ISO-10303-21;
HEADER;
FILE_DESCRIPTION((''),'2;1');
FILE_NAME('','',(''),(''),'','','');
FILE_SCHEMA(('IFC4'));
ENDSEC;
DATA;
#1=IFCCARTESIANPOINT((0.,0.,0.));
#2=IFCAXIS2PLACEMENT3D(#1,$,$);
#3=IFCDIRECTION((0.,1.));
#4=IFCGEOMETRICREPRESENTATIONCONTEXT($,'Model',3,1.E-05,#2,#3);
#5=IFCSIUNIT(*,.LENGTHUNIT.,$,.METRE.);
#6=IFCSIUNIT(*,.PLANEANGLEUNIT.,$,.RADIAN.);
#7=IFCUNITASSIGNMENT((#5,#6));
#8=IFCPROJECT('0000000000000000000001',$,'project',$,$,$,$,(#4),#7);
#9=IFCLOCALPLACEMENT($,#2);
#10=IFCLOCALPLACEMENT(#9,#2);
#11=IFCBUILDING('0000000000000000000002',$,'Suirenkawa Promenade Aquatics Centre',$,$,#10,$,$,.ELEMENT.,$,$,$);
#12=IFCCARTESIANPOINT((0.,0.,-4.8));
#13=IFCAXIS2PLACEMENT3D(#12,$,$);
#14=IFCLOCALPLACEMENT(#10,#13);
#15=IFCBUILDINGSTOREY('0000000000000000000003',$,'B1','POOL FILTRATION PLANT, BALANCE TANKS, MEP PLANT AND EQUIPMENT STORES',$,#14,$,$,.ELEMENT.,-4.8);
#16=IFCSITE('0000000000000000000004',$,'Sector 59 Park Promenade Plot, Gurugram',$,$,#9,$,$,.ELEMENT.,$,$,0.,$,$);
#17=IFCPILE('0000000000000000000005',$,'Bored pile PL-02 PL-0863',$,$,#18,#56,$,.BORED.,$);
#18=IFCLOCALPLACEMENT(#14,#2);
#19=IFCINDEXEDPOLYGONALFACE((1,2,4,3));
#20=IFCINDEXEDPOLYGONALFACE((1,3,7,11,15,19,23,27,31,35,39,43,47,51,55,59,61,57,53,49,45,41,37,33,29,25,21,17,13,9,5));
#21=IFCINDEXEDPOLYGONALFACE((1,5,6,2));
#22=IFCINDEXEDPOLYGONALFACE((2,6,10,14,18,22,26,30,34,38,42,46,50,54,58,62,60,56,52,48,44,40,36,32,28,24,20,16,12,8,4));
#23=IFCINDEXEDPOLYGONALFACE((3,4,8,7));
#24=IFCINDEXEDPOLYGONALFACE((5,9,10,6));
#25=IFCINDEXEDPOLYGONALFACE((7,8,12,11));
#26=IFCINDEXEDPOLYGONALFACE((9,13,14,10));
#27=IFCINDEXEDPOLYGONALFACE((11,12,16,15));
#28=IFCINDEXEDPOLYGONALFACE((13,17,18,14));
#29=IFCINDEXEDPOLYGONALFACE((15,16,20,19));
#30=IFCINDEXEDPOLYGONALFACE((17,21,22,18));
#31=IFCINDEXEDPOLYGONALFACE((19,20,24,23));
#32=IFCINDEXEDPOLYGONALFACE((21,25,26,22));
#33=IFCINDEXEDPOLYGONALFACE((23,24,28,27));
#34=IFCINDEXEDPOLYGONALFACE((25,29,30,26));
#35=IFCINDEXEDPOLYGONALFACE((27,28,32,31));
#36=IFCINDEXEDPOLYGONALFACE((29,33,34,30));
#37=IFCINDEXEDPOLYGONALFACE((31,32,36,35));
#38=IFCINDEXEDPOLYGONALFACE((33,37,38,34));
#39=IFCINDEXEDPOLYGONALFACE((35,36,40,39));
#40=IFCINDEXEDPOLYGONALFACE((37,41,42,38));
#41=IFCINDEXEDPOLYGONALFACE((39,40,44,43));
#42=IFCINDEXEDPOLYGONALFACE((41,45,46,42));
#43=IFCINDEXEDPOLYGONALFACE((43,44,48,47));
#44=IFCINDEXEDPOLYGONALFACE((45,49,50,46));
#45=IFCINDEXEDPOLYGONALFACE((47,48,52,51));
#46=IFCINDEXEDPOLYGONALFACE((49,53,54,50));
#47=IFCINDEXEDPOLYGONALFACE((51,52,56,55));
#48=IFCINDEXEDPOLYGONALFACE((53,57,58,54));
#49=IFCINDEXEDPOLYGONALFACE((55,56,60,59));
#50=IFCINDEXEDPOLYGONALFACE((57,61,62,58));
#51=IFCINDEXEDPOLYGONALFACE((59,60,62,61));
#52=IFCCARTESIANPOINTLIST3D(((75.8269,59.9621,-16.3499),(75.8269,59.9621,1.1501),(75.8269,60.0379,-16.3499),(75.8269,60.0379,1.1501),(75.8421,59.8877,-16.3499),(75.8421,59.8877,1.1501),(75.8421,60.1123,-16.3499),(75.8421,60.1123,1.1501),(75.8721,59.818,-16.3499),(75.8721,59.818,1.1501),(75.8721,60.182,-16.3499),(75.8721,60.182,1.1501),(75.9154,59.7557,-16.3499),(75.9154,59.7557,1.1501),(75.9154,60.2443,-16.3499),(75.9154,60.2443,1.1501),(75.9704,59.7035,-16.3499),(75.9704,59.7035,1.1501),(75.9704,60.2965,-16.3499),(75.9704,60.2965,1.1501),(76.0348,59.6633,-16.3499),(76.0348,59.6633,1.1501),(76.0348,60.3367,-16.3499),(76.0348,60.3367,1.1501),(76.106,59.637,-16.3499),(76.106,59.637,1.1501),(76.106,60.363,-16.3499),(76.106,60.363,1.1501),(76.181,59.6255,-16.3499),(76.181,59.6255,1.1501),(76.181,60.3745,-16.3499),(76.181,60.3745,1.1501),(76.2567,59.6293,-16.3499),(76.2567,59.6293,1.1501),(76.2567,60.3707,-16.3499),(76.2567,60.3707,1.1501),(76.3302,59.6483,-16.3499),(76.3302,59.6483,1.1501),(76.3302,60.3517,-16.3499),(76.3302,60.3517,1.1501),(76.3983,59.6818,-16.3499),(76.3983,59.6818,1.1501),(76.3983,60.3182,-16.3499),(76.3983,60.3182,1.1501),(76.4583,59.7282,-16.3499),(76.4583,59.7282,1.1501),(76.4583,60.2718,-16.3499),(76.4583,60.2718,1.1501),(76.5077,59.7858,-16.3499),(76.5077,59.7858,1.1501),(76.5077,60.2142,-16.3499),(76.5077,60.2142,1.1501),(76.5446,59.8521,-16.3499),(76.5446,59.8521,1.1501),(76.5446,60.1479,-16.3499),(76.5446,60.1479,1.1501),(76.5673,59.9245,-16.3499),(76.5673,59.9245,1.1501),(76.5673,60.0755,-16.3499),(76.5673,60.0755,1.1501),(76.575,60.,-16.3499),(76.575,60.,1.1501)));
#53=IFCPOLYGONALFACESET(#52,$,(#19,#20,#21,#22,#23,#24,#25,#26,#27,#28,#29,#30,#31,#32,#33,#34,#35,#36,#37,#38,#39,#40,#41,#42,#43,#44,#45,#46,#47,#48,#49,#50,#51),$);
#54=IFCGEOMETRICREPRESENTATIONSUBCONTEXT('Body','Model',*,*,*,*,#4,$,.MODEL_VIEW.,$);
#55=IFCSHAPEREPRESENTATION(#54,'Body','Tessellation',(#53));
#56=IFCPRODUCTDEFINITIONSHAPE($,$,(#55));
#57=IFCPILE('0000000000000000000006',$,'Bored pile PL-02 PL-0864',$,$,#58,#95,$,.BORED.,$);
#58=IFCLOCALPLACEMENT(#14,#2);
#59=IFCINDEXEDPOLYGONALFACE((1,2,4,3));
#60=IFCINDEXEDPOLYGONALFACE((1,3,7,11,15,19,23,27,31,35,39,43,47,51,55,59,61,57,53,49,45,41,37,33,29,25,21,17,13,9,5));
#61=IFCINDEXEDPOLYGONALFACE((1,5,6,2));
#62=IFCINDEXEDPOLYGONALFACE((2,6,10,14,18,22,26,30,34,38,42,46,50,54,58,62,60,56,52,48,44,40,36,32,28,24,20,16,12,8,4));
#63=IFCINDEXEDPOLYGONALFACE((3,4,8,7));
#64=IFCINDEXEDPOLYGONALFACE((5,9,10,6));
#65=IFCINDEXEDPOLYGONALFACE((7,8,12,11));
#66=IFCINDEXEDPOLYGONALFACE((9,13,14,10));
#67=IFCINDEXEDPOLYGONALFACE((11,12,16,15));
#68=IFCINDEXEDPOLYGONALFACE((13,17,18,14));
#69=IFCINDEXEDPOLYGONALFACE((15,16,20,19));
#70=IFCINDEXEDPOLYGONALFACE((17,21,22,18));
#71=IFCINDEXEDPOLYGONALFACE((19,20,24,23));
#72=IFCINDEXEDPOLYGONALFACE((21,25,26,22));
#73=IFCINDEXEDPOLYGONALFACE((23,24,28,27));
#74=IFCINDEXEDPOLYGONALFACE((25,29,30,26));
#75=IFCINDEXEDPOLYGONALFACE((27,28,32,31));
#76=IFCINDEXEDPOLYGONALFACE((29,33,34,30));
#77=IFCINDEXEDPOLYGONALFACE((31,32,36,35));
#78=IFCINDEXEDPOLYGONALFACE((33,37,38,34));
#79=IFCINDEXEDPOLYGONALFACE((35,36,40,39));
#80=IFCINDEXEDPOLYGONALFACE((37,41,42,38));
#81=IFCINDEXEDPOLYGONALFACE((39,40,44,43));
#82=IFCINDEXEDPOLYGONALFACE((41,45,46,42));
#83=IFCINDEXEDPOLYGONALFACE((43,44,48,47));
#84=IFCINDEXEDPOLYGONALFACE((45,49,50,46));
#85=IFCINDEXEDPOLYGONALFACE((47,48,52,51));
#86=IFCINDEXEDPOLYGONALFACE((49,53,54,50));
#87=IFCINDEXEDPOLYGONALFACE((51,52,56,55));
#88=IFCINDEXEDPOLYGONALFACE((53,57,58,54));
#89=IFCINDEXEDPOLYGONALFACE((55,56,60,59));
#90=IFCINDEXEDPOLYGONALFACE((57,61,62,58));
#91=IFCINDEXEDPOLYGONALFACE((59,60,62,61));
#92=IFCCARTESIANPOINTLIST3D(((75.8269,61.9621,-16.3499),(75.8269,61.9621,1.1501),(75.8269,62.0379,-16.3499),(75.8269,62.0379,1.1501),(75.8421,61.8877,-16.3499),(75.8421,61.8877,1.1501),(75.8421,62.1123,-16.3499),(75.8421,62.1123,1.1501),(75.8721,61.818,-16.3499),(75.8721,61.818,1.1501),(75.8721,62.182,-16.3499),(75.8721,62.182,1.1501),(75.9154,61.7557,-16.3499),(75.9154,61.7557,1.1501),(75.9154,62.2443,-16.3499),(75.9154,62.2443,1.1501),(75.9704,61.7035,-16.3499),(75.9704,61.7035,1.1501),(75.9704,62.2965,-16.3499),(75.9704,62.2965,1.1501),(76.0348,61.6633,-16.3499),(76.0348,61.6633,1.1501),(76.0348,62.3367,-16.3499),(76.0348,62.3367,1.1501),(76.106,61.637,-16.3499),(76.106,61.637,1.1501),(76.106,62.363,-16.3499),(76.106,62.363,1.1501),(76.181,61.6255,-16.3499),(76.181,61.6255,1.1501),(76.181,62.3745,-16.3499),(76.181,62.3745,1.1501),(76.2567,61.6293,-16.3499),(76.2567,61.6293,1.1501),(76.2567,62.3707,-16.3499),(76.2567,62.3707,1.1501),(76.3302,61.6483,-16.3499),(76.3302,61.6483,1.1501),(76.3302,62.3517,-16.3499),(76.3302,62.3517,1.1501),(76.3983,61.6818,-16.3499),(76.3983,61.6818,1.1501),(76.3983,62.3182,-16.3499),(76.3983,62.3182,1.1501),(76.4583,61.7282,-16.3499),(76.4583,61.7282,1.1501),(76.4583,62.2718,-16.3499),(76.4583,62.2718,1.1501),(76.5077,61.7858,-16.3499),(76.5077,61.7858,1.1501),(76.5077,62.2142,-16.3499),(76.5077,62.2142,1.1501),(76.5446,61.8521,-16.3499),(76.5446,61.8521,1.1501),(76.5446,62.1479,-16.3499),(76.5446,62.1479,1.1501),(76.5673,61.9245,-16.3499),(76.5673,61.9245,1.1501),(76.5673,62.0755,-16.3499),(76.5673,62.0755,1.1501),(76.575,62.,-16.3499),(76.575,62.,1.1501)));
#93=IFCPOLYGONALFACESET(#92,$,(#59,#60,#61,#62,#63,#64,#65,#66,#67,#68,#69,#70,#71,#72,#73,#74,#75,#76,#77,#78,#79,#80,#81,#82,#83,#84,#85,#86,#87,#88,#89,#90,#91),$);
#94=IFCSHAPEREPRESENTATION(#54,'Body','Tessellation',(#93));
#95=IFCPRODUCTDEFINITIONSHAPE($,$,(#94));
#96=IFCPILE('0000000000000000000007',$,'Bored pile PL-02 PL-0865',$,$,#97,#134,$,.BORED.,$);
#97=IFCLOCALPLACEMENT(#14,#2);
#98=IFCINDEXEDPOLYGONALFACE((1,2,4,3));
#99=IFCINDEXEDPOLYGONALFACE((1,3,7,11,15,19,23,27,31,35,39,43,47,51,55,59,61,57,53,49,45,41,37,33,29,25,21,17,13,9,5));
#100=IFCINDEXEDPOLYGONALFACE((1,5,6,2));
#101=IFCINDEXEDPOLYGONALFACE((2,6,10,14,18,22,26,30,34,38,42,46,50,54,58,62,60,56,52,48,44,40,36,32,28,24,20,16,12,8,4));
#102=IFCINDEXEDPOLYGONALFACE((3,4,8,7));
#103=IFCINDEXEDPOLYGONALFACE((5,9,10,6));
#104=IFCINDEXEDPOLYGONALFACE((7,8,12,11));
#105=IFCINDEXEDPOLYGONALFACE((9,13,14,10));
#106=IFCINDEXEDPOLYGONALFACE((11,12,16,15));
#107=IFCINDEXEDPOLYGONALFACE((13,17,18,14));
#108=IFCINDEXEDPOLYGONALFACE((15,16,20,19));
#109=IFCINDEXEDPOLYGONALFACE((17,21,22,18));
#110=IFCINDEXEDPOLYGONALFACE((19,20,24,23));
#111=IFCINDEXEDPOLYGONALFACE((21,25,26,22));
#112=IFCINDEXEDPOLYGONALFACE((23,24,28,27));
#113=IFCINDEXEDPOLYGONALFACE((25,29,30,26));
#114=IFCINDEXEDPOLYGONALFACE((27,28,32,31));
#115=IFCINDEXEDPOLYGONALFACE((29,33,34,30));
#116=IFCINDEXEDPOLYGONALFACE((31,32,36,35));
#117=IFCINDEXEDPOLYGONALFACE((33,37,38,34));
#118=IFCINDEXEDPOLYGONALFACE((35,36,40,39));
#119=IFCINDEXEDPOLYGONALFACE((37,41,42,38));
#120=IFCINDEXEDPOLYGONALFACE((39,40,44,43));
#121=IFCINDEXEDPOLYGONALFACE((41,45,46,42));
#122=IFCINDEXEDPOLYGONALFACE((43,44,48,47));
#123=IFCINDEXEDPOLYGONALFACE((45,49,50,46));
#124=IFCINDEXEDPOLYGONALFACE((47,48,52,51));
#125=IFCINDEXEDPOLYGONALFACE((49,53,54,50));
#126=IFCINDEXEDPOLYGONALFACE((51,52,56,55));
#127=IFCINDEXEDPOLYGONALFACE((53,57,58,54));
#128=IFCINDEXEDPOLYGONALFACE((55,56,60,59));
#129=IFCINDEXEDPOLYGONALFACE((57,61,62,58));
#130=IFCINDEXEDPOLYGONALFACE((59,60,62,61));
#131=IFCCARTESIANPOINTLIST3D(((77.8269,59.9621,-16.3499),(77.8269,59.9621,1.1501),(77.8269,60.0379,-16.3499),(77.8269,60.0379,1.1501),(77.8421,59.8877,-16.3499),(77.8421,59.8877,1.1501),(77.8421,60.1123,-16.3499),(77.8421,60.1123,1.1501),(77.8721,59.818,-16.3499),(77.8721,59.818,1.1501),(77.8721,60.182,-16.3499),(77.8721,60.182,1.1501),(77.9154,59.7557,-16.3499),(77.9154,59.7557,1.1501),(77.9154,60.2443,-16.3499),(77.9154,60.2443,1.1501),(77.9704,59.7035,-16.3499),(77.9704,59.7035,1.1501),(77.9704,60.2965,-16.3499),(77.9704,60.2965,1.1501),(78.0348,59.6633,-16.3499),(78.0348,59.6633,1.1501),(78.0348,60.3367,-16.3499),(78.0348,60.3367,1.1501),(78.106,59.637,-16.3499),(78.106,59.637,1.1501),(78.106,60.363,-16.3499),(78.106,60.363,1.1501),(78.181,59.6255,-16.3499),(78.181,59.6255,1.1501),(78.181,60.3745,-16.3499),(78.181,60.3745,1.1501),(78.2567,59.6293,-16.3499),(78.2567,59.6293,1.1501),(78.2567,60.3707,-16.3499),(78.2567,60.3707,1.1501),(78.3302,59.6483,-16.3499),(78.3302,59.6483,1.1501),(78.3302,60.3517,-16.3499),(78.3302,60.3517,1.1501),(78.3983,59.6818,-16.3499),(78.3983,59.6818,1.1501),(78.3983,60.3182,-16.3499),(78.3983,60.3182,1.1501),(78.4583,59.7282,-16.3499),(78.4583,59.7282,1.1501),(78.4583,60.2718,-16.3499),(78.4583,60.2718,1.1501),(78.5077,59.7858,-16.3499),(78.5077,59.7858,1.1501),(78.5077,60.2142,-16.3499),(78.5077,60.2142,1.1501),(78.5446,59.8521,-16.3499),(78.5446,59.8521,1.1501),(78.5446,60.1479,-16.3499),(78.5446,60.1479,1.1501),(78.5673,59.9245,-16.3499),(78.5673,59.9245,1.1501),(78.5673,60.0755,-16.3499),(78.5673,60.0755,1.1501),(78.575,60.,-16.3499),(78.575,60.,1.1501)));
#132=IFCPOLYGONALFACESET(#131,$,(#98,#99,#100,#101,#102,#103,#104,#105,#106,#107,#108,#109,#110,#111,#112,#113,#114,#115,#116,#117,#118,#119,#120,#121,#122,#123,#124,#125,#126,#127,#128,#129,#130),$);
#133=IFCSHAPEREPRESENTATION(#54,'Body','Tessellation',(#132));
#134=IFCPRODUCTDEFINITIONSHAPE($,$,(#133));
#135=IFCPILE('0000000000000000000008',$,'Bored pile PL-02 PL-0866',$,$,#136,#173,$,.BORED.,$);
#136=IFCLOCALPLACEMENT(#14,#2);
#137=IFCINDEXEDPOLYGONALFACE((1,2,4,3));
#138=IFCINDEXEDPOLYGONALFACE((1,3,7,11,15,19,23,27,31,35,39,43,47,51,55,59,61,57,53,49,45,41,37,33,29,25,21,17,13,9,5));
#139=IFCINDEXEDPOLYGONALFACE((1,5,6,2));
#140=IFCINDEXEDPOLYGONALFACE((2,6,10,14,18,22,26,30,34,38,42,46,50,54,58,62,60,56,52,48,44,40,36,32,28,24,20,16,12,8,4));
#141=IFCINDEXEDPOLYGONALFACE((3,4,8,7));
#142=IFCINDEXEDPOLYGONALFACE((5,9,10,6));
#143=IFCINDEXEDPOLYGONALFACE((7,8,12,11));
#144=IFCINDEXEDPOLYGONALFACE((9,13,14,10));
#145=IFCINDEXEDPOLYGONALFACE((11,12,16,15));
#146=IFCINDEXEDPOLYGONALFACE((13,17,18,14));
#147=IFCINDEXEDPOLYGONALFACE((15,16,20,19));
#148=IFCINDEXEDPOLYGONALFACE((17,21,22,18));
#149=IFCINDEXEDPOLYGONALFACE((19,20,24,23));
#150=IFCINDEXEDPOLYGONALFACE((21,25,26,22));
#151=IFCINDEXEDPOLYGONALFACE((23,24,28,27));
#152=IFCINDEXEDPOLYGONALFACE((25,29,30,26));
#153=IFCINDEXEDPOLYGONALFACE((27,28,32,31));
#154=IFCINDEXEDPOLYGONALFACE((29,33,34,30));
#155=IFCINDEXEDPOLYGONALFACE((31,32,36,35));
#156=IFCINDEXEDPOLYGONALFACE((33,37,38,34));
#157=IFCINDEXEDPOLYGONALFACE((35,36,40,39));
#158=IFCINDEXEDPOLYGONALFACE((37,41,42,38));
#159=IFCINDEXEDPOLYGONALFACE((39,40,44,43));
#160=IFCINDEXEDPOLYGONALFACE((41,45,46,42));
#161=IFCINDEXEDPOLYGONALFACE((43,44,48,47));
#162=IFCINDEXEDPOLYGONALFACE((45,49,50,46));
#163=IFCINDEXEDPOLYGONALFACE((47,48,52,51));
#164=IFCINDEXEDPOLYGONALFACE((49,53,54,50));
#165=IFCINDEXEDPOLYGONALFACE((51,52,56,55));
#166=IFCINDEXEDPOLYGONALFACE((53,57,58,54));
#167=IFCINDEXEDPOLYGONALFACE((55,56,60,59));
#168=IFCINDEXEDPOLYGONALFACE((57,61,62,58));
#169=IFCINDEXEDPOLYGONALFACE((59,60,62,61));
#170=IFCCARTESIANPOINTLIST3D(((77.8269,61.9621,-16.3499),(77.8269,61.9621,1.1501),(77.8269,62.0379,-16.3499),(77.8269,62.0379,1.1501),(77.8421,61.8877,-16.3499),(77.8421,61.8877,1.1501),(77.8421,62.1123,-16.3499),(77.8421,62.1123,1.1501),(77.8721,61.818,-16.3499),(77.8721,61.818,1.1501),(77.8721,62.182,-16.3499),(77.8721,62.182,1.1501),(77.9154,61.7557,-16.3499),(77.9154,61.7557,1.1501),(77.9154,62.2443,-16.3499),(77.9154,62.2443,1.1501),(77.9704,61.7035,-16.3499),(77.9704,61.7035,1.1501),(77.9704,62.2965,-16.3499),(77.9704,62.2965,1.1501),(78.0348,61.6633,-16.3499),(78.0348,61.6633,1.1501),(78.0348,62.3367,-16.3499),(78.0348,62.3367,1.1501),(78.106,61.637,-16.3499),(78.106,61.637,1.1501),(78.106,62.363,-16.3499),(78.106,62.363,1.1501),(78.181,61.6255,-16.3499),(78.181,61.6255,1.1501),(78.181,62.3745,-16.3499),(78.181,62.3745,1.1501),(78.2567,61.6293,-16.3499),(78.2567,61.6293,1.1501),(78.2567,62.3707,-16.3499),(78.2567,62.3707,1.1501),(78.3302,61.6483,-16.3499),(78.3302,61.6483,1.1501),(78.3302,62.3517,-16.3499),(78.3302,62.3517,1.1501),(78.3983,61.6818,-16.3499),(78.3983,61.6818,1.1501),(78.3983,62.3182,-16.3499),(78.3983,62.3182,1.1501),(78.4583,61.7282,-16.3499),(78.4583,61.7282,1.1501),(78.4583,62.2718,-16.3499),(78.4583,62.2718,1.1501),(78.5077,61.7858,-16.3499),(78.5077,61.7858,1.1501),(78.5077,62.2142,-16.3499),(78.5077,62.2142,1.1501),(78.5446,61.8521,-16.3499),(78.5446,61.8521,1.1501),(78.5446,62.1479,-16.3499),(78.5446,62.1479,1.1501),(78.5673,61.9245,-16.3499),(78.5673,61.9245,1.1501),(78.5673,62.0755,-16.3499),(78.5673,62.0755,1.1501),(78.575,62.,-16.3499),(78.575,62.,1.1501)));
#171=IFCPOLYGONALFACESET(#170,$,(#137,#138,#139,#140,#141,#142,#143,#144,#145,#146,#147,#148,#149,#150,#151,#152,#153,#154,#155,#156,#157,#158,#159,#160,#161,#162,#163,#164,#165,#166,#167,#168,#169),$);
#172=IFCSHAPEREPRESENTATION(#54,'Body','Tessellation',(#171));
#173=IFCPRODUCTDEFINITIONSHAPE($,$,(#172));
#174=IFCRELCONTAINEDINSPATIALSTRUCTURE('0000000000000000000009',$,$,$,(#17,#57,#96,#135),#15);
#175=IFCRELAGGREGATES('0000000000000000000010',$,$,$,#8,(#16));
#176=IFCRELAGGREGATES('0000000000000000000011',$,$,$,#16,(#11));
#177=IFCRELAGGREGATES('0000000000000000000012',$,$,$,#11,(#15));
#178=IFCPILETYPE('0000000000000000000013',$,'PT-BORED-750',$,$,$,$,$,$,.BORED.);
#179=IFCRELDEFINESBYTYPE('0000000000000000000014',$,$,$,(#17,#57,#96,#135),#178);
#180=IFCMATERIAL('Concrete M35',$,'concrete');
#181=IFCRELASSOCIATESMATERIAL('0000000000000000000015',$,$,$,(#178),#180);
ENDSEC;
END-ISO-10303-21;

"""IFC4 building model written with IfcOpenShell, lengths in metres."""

from ifc_helpers import new_model, si_unit, direction, frame, origin, origin_2d, place, context, subcontext, project, spatial, circle, extrude, material, material_profile, profile_set, type_object, element, save


model = new_model("IFC4")

# Units and contexts
model_context = context("Model", 3, precision=1e-05, world=origin(), true_north=direction((0.0, 1.0)))
body_context = subcontext(model_context, "Body", "Model", "MODEL_VIEW")
ifc_project = project(units=[si_unit("LENGTHUNIT", "METRE"), si_unit("PLANEANGLEUNIT", "RADIAN")], contexts=[model_context])

# Site, building, storey
site_placement = place(None, origin())
site = spatial("IfcSite", under=ifc_project, at=site_placement, Name="Sector 59 Park Promenade Plot, Gurugram", CompositionType="ELEMENT", RefElevation=0.0)
building_placement = place(site_placement, origin())
building = spatial("IfcBuilding", under=site, at=building_placement, Name="Suirenkawa Promenade Aquatics Centre", CompositionType="ELEMENT")
storey_placement = place(building_placement, frame((0.0, 0.0, -4.8)))
storey = spatial("IfcBuildingStorey", under=building, at=storey_placement, Name="B1", Description="POOL FILTRATION PLANT, BALANCE TANKS, MEP PLANT AND EQUIPMENT STORES", CompositionType="ELEMENT", Elevation=-4.8)

# Shared definitions
ifc_material_1 = material(Name="Concrete M35", Category="concrete")

# Piles
ifc_material_profile_1 = material_profile(ifc_material_1, circle(Radius=0.375, at=origin_2d()), Name="PILE D750", Category="concrete")
ifc_profile_set_1 = profile_set([ifc_material_profile_1], Name="Concrete M35")
pile_type_1 = type_object("IfcPileType", Name="PT-BORED-750", PredefinedType="BORED", material=ifc_profile_set_1)
for number, where, z_axis, x_axis, name in (
    (1, (76.2, 60.0, 1.1501), (0.0, 0.0, -1.0), (1.0, 0.0, 0.0), "Bored pile PL-02 PL-0863"),
    (2, (76.2, 62.0, 1.1501), (0.0, 0.0, -1.0), (1.0, 0.0, 0.0), "Bored pile PL-02 PL-0864"),
    (3, (78.2, 60.0, 1.1501), (0.0, 0.0, -1.0), (1.0, 0.0, 0.0), "Bored pile PL-02 PL-0865"),
    (4, (78.2, 62.0, 1.1501), (0.0, 0.0, -1.0), (1.0, 0.0, 0.0), "Bored pile PL-02 PL-0866"),
):
    element("IfcPile", number, at=place(storey_placement, frame(where, z_axis=z_axis, x_axis=x_axis)), inside=storey, type_object=pile_type_1, Name=name, PredefinedType="BORED", context=body_context, shape_type="SweptSolid", body=[
        extrude(circle(Radius=0.375, at=origin_2d()), origin(), (0.0, 0.0, 1.0), 17.5),
    ])

save(model, "model.ifc")
